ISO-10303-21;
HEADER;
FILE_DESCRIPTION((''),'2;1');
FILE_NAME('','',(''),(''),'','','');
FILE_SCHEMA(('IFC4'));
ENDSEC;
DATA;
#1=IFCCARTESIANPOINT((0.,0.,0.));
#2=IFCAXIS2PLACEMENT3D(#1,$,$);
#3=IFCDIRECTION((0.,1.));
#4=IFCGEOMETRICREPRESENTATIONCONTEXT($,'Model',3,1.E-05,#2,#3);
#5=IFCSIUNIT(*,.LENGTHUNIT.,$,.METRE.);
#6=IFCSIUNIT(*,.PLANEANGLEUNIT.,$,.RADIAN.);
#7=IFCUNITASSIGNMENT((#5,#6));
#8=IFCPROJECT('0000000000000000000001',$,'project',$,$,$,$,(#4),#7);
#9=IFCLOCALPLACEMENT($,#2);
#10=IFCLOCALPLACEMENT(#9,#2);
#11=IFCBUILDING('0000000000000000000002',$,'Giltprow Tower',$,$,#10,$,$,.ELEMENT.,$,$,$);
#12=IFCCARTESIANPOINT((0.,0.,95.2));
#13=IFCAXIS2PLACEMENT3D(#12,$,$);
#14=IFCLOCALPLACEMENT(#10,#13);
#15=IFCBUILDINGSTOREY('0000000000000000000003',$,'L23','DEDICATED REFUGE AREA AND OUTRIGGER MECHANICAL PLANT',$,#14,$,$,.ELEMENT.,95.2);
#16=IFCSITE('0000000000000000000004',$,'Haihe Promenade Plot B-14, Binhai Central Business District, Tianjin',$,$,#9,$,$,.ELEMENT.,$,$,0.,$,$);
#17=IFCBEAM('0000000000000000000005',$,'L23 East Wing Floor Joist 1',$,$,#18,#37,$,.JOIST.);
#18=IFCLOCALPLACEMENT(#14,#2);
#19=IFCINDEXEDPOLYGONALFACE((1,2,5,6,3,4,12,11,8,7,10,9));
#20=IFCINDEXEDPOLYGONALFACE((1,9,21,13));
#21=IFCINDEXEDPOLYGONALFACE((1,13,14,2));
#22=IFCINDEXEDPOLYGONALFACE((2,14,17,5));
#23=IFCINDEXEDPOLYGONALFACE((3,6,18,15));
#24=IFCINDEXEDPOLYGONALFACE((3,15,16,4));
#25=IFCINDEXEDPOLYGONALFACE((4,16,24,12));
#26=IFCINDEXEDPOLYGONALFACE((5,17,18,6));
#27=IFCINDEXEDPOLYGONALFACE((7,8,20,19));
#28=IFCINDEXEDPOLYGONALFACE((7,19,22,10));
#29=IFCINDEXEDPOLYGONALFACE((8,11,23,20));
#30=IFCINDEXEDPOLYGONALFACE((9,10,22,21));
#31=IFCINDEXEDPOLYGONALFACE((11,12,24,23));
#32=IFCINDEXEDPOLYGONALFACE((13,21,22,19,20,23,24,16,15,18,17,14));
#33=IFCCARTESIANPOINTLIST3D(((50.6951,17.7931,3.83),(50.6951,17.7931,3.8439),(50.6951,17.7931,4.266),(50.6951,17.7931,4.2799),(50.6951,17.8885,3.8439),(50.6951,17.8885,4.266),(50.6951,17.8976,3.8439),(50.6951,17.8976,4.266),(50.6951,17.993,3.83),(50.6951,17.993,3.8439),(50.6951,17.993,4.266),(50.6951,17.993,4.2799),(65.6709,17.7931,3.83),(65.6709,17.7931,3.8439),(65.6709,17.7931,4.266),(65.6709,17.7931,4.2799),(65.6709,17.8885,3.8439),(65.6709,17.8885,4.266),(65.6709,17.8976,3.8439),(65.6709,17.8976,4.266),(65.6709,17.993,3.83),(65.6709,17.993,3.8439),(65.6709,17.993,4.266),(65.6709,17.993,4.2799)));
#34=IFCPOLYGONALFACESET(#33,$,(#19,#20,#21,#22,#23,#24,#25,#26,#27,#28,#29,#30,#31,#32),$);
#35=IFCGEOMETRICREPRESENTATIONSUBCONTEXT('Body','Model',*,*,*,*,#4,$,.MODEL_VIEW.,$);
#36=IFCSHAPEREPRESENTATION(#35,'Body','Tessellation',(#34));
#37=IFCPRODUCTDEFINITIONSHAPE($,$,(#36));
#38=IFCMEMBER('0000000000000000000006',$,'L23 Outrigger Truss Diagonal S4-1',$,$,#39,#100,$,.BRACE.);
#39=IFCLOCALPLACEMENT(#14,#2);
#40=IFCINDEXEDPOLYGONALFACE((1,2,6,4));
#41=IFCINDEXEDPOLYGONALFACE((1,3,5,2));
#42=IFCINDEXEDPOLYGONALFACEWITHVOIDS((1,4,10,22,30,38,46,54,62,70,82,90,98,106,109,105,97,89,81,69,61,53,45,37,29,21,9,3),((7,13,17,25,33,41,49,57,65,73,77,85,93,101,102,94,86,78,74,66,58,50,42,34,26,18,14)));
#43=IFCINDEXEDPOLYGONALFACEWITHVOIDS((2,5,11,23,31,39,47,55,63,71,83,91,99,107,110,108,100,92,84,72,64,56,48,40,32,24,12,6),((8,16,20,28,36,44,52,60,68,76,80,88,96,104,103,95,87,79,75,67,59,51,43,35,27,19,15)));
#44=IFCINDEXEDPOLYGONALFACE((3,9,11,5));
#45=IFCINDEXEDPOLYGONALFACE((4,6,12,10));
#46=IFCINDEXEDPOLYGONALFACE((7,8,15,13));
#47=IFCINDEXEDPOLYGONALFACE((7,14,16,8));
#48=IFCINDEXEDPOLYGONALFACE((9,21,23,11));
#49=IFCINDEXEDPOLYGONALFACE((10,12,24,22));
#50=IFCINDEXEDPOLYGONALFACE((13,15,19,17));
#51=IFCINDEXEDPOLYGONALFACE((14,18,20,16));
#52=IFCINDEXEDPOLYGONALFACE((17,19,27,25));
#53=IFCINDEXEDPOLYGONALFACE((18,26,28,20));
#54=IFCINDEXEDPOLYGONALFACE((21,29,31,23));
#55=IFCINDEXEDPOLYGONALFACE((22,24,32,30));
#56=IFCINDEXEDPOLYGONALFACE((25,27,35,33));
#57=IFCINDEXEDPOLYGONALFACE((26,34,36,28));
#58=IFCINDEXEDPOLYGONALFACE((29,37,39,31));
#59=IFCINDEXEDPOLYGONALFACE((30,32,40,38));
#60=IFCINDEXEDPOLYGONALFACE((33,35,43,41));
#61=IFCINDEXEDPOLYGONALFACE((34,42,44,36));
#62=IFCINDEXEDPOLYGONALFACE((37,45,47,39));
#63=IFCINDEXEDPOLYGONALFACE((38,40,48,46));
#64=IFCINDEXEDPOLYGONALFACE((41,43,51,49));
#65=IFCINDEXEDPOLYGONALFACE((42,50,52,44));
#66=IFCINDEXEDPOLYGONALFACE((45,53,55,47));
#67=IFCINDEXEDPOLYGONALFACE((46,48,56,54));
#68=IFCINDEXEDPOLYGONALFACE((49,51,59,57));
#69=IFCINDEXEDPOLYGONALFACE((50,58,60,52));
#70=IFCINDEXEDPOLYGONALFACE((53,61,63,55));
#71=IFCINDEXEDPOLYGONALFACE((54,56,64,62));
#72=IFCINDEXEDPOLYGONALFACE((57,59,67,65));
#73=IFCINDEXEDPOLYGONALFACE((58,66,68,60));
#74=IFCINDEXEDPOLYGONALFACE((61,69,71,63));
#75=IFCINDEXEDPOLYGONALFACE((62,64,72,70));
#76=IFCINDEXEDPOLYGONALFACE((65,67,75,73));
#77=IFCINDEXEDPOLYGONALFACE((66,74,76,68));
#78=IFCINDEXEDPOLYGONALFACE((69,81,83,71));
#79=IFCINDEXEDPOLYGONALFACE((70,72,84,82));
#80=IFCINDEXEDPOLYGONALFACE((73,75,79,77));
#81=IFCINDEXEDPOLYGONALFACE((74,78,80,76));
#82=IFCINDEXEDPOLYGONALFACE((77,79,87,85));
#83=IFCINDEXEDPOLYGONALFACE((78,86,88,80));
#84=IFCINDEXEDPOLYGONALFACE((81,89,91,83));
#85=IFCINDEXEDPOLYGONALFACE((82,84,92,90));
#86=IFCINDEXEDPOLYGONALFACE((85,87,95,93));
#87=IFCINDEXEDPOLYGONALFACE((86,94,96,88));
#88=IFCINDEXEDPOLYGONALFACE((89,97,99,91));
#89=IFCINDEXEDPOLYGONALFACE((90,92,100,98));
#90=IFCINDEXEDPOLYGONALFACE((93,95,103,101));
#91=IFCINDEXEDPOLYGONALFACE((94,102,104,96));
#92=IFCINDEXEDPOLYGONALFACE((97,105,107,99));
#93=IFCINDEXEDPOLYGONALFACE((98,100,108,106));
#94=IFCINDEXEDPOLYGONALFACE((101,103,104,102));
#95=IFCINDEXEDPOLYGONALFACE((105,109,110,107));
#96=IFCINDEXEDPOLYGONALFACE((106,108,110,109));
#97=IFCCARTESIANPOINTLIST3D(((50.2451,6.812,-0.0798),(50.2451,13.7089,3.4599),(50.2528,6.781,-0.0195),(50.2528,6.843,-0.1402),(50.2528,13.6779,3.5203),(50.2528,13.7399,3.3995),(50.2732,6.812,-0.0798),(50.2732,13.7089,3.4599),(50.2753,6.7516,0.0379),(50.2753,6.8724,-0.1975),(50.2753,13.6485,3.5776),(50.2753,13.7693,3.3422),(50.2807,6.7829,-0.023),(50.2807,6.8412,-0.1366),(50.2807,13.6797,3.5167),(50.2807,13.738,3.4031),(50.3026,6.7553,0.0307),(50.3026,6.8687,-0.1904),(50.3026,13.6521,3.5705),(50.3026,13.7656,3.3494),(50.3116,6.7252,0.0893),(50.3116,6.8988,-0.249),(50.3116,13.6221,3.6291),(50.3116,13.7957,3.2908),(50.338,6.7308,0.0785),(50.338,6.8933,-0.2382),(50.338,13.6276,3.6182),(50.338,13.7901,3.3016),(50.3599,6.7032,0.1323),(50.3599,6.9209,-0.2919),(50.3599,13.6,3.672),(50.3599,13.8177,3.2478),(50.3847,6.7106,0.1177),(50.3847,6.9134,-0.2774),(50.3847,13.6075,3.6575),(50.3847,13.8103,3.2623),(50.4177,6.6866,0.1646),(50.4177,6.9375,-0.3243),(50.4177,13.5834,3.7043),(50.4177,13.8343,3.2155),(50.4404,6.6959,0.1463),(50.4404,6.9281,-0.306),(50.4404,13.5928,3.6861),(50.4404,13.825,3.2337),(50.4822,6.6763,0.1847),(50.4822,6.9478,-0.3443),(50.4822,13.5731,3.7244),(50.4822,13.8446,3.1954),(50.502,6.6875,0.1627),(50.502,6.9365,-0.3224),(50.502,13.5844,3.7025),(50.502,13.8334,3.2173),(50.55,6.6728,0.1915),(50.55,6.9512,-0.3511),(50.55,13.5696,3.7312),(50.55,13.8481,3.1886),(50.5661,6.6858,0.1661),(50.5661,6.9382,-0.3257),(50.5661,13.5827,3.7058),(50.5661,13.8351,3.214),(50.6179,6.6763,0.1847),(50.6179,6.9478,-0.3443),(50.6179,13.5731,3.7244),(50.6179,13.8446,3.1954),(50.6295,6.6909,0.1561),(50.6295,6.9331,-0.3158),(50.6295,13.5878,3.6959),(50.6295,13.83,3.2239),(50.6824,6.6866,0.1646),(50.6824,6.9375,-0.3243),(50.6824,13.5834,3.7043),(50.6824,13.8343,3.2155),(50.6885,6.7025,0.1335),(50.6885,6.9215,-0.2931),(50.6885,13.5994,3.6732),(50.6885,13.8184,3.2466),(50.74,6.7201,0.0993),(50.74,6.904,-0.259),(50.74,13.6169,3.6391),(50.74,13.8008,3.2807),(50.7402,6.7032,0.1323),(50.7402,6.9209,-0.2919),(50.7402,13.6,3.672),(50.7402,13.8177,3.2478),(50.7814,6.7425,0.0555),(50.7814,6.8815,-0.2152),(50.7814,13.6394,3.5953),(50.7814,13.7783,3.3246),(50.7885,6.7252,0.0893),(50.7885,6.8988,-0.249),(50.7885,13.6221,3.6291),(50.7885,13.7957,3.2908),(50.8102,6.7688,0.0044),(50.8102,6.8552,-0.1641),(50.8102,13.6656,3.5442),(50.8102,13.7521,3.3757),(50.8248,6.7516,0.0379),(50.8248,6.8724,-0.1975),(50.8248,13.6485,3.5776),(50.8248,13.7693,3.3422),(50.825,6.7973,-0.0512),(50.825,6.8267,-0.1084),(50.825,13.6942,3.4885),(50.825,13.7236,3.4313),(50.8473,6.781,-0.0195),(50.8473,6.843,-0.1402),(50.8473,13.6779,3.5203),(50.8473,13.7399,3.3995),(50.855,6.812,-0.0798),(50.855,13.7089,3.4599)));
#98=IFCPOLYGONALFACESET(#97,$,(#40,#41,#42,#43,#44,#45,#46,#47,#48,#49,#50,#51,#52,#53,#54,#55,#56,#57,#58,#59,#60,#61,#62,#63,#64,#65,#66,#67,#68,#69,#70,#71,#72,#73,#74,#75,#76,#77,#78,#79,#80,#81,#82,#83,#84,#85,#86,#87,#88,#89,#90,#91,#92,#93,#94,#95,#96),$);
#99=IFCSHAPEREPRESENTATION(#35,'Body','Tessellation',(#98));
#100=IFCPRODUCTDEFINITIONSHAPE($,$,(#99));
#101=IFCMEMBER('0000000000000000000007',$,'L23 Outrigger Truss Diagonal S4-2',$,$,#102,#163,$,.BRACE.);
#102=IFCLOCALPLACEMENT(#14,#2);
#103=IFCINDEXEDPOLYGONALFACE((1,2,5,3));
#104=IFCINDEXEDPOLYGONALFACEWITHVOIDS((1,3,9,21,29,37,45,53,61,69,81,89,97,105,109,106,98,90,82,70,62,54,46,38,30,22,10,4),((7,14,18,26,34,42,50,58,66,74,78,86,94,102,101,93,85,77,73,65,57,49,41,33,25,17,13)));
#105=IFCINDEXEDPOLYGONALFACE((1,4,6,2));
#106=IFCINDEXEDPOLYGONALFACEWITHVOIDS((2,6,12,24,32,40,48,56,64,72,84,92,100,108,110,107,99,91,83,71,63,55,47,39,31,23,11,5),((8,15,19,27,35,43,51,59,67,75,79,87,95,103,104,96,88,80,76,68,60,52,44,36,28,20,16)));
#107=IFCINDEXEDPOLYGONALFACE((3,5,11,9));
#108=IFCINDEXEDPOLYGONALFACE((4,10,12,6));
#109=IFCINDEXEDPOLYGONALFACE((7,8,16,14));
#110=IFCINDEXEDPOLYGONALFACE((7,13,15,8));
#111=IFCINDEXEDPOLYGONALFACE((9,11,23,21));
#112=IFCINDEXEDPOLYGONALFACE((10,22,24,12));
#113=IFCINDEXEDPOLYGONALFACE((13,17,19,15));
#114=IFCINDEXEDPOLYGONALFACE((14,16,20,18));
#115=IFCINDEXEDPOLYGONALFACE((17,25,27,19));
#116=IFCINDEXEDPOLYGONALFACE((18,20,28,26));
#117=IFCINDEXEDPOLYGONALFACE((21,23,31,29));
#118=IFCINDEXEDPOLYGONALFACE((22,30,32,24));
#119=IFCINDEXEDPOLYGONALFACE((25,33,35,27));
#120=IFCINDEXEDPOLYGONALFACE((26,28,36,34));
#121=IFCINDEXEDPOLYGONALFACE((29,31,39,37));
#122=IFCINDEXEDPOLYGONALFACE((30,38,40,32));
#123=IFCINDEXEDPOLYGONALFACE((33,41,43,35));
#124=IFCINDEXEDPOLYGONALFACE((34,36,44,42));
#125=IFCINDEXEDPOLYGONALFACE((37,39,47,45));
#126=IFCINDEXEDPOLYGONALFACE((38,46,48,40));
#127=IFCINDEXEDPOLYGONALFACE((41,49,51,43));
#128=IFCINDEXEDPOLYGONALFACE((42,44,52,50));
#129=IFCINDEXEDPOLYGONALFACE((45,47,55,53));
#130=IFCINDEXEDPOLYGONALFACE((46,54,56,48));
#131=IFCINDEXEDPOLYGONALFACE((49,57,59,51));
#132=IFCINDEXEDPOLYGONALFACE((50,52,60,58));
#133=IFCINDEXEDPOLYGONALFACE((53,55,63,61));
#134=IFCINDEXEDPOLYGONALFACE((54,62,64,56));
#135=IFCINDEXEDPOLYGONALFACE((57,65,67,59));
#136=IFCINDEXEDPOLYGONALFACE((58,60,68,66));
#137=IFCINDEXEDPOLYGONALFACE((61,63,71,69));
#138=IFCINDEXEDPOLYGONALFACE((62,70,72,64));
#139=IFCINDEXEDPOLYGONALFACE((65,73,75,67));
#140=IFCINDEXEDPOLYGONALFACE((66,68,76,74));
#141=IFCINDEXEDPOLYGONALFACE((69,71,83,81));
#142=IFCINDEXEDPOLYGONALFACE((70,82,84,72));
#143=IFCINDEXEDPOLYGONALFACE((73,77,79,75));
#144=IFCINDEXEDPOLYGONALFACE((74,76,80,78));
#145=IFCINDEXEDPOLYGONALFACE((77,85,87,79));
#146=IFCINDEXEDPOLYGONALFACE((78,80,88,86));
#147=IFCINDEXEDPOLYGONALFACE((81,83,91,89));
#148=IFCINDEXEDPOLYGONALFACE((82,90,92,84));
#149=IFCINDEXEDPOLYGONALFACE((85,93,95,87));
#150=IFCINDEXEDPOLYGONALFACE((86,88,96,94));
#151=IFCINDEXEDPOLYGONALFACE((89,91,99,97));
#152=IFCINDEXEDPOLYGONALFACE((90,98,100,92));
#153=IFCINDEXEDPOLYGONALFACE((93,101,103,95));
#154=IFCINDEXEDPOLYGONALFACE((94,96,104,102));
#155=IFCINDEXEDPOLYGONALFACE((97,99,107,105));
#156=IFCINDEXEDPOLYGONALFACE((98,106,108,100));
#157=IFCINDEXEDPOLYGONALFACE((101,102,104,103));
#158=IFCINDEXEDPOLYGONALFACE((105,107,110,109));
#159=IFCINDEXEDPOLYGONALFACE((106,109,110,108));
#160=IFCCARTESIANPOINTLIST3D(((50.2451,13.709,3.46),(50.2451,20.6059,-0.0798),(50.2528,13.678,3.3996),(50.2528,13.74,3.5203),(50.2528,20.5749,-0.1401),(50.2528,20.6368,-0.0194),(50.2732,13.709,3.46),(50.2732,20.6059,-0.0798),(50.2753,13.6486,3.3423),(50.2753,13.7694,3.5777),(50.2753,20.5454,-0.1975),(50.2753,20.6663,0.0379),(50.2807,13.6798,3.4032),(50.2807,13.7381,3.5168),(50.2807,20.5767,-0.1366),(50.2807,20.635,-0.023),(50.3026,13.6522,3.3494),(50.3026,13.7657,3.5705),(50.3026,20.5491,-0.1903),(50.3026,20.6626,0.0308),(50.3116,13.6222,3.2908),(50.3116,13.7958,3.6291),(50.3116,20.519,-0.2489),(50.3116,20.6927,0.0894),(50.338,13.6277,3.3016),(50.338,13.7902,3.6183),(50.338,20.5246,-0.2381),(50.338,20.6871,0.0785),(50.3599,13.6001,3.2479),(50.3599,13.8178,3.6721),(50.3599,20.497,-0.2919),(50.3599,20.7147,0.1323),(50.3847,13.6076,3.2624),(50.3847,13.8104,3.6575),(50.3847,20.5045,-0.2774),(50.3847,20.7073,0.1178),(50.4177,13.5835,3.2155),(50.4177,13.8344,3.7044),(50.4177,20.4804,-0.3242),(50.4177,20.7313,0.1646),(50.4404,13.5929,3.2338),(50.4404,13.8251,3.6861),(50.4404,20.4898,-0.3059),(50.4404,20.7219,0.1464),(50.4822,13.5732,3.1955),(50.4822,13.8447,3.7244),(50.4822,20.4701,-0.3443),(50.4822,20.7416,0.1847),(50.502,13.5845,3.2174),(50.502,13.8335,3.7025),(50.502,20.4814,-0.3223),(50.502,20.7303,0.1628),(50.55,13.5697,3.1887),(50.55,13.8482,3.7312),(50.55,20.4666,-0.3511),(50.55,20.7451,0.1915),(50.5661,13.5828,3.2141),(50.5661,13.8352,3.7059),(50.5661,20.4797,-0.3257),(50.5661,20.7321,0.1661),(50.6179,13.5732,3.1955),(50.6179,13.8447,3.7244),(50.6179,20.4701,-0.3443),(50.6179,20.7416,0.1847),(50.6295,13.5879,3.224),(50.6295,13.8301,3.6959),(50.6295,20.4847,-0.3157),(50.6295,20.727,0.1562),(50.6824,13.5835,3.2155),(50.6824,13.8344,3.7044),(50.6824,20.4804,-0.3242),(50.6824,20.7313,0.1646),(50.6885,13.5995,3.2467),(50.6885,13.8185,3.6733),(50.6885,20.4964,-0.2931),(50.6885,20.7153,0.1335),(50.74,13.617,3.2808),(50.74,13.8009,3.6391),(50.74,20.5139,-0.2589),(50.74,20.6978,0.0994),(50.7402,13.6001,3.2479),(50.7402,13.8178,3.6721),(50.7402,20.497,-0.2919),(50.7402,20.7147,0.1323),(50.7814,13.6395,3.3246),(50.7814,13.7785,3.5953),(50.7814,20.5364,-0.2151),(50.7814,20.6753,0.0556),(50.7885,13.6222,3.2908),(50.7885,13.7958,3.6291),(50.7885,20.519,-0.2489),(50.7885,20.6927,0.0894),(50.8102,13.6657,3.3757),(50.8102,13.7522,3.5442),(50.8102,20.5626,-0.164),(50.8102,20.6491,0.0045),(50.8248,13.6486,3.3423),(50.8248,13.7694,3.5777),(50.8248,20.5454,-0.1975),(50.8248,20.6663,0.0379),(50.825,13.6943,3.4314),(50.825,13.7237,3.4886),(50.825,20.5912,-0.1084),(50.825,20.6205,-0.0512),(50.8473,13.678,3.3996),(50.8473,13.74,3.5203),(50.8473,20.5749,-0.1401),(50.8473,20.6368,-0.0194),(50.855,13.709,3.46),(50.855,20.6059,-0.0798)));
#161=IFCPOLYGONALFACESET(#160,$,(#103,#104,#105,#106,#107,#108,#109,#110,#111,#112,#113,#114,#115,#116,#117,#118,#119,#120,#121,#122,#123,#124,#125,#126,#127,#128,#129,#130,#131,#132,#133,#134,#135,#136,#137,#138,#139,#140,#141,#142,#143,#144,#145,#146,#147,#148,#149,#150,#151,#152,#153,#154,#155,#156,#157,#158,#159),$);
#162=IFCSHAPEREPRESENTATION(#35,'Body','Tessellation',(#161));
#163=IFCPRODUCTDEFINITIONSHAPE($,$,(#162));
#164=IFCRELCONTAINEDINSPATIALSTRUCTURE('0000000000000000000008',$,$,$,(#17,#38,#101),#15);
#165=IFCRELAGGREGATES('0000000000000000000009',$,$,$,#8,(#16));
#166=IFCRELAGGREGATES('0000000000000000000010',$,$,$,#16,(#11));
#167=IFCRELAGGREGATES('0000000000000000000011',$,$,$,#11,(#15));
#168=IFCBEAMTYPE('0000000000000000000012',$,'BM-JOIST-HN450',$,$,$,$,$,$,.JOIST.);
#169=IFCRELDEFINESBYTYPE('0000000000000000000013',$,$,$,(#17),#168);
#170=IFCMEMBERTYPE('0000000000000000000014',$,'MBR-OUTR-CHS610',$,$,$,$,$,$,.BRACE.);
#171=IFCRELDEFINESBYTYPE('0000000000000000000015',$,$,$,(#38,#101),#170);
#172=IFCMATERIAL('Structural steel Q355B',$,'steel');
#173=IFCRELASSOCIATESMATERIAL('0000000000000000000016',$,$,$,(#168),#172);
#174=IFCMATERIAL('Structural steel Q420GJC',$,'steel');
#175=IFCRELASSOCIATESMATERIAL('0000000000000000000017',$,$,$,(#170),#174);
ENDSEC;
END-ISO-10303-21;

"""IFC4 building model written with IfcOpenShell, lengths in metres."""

from ifc_helpers import new_model, si_unit, direction, frame, origin, origin_2d, place, context, subcontext, project, spatial, hollow_circle, i_section, extrude, source, transform, mapped, material, material_profile, profile_set, type_object, element, save


model = new_model("IFC4")

# Units and contexts
model_context = context("Model", 3, precision=1e-05, world=origin(), true_north=direction((0.0, 1.0)))
body_context = subcontext(model_context, "Body", "Model", "MODEL_VIEW")
ifc_project = project(units=[si_unit("LENGTHUNIT", "METRE"), si_unit("PLANEANGLEUNIT", "RADIAN")], contexts=[model_context])

# Site, building, storey
site_placement = place(None, origin())
site = spatial("IfcSite", under=ifc_project, at=site_placement, Name="Haihe Promenade Plot B-14, Binhai Central Business District, Tianjin", CompositionType="ELEMENT", RefElevation=0.0)
building_placement = place(site_placement, origin())
building = spatial("IfcBuilding", under=site, at=building_placement, Name="Giltprow Tower", CompositionType="ELEMENT")
storey_placement = place(building_placement, frame((0.0, 0.0, 95.2)))
storey = spatial("IfcBuildingStorey", under=building, at=storey_placement, Name="L23", Description="DEDICATED REFUGE AREA AND OUTRIGGER MECHANICAL PLANT", CompositionType="ELEMENT", Elevation=95.2)

# Shared definitions
ifc_material_1 = material(Name="Structural steel Q420GJC", Category="steel")

# Beam
ifc_material_2 = material(Name="Structural steel Q355B", Category="steel")
ifc_material_profile_1 = material_profile(ifc_material_2, i_section(OverallWidth=0.2, OverallDepth=0.45, WebThickness=0.009, FlangeThickness=0.0139, at=origin_2d()), Name="HN 450x200x9x14")
ifc_profile_set_1 = profile_set([ifc_material_profile_1], Name="Structural steel Q355B")
beam_type_1 = type_object("IfcBeamType", Name="BM-JOIST-HN450", PredefinedType="JOIST", material=ifc_profile_set_1)
shared_shape_1 = source(origin(), body_context, "Body", "SweptSolid", [
    extrude(i_section(OverallWidth=0.2, OverallDepth=0.45, WebThickness=0.009, FlangeThickness=0.0139, at=origin_2d()), origin(), (0.0, 0.0, 1.0), 14.9758),
])
beam_1_placement = place(storey_placement, frame((50.6951, 17.8931, 4.0549), z_axis=(1.0, 0.0, 0.0), x_axis=(0.0, 1.0, 0.0)))
element("IfcBeam", 1, at=beam_1_placement, inside=storey, type_object=beam_type_1, Name="L23 East Wing Floor Joist 1", PredefinedType="JOIST", context=body_context, shape_type="MappedRepresentation", body=[
    mapped(shared_shape_1, transform((0.0, 0.0, 0.0), x_axis=(1.0, 0.0, 0.0), y_axis=(0.0, 1.0, 0.0), z_axis=(0.0, 0.0, 1.0), scale=1.0)),
])

# Members
ifc_material_profile_2 = material_profile(ifc_material_1, hollow_circle(Radius=0.3049, WallThickness=0.0281, at=origin_2d()), Name="CHS 610x28")
ifc_profile_set_2 = profile_set([ifc_material_profile_2], Name="Structural steel Q420GJC")
member_type_1 = type_object("IfcMemberType", Name="MBR-OUTR-CHS610", PredefinedType="BRACE", material=ifc_profile_set_2)
shared_shape_2 = source(origin(), body_context, "Body", "SweptSolid", [
    extrude(hollow_circle(Radius=0.3049, WallThickness=0.0281, at=origin_2d()), origin(), (0.0, 0.0, 1.0), 7.7522),
])
for number, where, z_axis, x_axis, name in (
    (2, (50.55, 6.812, -0.0798), (0.0, 0.889666, 0.456611), (-1.0, 0.0, 0.0), "L23 Outrigger Truss Diagonal S4-1"),
    (3, (50.55, 13.709, 3.46), (0.0, 0.889666, -0.456611), (-1.0, 0.0, 0.0), "L23 Outrigger Truss Diagonal S4-2"),
):
    element("IfcMember", number, at=place(storey_placement, frame(where, z_axis=z_axis, x_axis=x_axis)), inside=storey, type_object=member_type_1, Name=name, PredefinedType="BRACE", context=body_context, shape_type="MappedRepresentation", body=[
        mapped(shared_shape_2, transform((0.0, 0.0, 0.0), x_axis=(1.0, 0.0, 0.0), y_axis=(0.0, 1.0, 0.0), z_axis=(0.0, 0.0, 1.0), scale=1.0)),
    ])

save(model, "model.ifc")
